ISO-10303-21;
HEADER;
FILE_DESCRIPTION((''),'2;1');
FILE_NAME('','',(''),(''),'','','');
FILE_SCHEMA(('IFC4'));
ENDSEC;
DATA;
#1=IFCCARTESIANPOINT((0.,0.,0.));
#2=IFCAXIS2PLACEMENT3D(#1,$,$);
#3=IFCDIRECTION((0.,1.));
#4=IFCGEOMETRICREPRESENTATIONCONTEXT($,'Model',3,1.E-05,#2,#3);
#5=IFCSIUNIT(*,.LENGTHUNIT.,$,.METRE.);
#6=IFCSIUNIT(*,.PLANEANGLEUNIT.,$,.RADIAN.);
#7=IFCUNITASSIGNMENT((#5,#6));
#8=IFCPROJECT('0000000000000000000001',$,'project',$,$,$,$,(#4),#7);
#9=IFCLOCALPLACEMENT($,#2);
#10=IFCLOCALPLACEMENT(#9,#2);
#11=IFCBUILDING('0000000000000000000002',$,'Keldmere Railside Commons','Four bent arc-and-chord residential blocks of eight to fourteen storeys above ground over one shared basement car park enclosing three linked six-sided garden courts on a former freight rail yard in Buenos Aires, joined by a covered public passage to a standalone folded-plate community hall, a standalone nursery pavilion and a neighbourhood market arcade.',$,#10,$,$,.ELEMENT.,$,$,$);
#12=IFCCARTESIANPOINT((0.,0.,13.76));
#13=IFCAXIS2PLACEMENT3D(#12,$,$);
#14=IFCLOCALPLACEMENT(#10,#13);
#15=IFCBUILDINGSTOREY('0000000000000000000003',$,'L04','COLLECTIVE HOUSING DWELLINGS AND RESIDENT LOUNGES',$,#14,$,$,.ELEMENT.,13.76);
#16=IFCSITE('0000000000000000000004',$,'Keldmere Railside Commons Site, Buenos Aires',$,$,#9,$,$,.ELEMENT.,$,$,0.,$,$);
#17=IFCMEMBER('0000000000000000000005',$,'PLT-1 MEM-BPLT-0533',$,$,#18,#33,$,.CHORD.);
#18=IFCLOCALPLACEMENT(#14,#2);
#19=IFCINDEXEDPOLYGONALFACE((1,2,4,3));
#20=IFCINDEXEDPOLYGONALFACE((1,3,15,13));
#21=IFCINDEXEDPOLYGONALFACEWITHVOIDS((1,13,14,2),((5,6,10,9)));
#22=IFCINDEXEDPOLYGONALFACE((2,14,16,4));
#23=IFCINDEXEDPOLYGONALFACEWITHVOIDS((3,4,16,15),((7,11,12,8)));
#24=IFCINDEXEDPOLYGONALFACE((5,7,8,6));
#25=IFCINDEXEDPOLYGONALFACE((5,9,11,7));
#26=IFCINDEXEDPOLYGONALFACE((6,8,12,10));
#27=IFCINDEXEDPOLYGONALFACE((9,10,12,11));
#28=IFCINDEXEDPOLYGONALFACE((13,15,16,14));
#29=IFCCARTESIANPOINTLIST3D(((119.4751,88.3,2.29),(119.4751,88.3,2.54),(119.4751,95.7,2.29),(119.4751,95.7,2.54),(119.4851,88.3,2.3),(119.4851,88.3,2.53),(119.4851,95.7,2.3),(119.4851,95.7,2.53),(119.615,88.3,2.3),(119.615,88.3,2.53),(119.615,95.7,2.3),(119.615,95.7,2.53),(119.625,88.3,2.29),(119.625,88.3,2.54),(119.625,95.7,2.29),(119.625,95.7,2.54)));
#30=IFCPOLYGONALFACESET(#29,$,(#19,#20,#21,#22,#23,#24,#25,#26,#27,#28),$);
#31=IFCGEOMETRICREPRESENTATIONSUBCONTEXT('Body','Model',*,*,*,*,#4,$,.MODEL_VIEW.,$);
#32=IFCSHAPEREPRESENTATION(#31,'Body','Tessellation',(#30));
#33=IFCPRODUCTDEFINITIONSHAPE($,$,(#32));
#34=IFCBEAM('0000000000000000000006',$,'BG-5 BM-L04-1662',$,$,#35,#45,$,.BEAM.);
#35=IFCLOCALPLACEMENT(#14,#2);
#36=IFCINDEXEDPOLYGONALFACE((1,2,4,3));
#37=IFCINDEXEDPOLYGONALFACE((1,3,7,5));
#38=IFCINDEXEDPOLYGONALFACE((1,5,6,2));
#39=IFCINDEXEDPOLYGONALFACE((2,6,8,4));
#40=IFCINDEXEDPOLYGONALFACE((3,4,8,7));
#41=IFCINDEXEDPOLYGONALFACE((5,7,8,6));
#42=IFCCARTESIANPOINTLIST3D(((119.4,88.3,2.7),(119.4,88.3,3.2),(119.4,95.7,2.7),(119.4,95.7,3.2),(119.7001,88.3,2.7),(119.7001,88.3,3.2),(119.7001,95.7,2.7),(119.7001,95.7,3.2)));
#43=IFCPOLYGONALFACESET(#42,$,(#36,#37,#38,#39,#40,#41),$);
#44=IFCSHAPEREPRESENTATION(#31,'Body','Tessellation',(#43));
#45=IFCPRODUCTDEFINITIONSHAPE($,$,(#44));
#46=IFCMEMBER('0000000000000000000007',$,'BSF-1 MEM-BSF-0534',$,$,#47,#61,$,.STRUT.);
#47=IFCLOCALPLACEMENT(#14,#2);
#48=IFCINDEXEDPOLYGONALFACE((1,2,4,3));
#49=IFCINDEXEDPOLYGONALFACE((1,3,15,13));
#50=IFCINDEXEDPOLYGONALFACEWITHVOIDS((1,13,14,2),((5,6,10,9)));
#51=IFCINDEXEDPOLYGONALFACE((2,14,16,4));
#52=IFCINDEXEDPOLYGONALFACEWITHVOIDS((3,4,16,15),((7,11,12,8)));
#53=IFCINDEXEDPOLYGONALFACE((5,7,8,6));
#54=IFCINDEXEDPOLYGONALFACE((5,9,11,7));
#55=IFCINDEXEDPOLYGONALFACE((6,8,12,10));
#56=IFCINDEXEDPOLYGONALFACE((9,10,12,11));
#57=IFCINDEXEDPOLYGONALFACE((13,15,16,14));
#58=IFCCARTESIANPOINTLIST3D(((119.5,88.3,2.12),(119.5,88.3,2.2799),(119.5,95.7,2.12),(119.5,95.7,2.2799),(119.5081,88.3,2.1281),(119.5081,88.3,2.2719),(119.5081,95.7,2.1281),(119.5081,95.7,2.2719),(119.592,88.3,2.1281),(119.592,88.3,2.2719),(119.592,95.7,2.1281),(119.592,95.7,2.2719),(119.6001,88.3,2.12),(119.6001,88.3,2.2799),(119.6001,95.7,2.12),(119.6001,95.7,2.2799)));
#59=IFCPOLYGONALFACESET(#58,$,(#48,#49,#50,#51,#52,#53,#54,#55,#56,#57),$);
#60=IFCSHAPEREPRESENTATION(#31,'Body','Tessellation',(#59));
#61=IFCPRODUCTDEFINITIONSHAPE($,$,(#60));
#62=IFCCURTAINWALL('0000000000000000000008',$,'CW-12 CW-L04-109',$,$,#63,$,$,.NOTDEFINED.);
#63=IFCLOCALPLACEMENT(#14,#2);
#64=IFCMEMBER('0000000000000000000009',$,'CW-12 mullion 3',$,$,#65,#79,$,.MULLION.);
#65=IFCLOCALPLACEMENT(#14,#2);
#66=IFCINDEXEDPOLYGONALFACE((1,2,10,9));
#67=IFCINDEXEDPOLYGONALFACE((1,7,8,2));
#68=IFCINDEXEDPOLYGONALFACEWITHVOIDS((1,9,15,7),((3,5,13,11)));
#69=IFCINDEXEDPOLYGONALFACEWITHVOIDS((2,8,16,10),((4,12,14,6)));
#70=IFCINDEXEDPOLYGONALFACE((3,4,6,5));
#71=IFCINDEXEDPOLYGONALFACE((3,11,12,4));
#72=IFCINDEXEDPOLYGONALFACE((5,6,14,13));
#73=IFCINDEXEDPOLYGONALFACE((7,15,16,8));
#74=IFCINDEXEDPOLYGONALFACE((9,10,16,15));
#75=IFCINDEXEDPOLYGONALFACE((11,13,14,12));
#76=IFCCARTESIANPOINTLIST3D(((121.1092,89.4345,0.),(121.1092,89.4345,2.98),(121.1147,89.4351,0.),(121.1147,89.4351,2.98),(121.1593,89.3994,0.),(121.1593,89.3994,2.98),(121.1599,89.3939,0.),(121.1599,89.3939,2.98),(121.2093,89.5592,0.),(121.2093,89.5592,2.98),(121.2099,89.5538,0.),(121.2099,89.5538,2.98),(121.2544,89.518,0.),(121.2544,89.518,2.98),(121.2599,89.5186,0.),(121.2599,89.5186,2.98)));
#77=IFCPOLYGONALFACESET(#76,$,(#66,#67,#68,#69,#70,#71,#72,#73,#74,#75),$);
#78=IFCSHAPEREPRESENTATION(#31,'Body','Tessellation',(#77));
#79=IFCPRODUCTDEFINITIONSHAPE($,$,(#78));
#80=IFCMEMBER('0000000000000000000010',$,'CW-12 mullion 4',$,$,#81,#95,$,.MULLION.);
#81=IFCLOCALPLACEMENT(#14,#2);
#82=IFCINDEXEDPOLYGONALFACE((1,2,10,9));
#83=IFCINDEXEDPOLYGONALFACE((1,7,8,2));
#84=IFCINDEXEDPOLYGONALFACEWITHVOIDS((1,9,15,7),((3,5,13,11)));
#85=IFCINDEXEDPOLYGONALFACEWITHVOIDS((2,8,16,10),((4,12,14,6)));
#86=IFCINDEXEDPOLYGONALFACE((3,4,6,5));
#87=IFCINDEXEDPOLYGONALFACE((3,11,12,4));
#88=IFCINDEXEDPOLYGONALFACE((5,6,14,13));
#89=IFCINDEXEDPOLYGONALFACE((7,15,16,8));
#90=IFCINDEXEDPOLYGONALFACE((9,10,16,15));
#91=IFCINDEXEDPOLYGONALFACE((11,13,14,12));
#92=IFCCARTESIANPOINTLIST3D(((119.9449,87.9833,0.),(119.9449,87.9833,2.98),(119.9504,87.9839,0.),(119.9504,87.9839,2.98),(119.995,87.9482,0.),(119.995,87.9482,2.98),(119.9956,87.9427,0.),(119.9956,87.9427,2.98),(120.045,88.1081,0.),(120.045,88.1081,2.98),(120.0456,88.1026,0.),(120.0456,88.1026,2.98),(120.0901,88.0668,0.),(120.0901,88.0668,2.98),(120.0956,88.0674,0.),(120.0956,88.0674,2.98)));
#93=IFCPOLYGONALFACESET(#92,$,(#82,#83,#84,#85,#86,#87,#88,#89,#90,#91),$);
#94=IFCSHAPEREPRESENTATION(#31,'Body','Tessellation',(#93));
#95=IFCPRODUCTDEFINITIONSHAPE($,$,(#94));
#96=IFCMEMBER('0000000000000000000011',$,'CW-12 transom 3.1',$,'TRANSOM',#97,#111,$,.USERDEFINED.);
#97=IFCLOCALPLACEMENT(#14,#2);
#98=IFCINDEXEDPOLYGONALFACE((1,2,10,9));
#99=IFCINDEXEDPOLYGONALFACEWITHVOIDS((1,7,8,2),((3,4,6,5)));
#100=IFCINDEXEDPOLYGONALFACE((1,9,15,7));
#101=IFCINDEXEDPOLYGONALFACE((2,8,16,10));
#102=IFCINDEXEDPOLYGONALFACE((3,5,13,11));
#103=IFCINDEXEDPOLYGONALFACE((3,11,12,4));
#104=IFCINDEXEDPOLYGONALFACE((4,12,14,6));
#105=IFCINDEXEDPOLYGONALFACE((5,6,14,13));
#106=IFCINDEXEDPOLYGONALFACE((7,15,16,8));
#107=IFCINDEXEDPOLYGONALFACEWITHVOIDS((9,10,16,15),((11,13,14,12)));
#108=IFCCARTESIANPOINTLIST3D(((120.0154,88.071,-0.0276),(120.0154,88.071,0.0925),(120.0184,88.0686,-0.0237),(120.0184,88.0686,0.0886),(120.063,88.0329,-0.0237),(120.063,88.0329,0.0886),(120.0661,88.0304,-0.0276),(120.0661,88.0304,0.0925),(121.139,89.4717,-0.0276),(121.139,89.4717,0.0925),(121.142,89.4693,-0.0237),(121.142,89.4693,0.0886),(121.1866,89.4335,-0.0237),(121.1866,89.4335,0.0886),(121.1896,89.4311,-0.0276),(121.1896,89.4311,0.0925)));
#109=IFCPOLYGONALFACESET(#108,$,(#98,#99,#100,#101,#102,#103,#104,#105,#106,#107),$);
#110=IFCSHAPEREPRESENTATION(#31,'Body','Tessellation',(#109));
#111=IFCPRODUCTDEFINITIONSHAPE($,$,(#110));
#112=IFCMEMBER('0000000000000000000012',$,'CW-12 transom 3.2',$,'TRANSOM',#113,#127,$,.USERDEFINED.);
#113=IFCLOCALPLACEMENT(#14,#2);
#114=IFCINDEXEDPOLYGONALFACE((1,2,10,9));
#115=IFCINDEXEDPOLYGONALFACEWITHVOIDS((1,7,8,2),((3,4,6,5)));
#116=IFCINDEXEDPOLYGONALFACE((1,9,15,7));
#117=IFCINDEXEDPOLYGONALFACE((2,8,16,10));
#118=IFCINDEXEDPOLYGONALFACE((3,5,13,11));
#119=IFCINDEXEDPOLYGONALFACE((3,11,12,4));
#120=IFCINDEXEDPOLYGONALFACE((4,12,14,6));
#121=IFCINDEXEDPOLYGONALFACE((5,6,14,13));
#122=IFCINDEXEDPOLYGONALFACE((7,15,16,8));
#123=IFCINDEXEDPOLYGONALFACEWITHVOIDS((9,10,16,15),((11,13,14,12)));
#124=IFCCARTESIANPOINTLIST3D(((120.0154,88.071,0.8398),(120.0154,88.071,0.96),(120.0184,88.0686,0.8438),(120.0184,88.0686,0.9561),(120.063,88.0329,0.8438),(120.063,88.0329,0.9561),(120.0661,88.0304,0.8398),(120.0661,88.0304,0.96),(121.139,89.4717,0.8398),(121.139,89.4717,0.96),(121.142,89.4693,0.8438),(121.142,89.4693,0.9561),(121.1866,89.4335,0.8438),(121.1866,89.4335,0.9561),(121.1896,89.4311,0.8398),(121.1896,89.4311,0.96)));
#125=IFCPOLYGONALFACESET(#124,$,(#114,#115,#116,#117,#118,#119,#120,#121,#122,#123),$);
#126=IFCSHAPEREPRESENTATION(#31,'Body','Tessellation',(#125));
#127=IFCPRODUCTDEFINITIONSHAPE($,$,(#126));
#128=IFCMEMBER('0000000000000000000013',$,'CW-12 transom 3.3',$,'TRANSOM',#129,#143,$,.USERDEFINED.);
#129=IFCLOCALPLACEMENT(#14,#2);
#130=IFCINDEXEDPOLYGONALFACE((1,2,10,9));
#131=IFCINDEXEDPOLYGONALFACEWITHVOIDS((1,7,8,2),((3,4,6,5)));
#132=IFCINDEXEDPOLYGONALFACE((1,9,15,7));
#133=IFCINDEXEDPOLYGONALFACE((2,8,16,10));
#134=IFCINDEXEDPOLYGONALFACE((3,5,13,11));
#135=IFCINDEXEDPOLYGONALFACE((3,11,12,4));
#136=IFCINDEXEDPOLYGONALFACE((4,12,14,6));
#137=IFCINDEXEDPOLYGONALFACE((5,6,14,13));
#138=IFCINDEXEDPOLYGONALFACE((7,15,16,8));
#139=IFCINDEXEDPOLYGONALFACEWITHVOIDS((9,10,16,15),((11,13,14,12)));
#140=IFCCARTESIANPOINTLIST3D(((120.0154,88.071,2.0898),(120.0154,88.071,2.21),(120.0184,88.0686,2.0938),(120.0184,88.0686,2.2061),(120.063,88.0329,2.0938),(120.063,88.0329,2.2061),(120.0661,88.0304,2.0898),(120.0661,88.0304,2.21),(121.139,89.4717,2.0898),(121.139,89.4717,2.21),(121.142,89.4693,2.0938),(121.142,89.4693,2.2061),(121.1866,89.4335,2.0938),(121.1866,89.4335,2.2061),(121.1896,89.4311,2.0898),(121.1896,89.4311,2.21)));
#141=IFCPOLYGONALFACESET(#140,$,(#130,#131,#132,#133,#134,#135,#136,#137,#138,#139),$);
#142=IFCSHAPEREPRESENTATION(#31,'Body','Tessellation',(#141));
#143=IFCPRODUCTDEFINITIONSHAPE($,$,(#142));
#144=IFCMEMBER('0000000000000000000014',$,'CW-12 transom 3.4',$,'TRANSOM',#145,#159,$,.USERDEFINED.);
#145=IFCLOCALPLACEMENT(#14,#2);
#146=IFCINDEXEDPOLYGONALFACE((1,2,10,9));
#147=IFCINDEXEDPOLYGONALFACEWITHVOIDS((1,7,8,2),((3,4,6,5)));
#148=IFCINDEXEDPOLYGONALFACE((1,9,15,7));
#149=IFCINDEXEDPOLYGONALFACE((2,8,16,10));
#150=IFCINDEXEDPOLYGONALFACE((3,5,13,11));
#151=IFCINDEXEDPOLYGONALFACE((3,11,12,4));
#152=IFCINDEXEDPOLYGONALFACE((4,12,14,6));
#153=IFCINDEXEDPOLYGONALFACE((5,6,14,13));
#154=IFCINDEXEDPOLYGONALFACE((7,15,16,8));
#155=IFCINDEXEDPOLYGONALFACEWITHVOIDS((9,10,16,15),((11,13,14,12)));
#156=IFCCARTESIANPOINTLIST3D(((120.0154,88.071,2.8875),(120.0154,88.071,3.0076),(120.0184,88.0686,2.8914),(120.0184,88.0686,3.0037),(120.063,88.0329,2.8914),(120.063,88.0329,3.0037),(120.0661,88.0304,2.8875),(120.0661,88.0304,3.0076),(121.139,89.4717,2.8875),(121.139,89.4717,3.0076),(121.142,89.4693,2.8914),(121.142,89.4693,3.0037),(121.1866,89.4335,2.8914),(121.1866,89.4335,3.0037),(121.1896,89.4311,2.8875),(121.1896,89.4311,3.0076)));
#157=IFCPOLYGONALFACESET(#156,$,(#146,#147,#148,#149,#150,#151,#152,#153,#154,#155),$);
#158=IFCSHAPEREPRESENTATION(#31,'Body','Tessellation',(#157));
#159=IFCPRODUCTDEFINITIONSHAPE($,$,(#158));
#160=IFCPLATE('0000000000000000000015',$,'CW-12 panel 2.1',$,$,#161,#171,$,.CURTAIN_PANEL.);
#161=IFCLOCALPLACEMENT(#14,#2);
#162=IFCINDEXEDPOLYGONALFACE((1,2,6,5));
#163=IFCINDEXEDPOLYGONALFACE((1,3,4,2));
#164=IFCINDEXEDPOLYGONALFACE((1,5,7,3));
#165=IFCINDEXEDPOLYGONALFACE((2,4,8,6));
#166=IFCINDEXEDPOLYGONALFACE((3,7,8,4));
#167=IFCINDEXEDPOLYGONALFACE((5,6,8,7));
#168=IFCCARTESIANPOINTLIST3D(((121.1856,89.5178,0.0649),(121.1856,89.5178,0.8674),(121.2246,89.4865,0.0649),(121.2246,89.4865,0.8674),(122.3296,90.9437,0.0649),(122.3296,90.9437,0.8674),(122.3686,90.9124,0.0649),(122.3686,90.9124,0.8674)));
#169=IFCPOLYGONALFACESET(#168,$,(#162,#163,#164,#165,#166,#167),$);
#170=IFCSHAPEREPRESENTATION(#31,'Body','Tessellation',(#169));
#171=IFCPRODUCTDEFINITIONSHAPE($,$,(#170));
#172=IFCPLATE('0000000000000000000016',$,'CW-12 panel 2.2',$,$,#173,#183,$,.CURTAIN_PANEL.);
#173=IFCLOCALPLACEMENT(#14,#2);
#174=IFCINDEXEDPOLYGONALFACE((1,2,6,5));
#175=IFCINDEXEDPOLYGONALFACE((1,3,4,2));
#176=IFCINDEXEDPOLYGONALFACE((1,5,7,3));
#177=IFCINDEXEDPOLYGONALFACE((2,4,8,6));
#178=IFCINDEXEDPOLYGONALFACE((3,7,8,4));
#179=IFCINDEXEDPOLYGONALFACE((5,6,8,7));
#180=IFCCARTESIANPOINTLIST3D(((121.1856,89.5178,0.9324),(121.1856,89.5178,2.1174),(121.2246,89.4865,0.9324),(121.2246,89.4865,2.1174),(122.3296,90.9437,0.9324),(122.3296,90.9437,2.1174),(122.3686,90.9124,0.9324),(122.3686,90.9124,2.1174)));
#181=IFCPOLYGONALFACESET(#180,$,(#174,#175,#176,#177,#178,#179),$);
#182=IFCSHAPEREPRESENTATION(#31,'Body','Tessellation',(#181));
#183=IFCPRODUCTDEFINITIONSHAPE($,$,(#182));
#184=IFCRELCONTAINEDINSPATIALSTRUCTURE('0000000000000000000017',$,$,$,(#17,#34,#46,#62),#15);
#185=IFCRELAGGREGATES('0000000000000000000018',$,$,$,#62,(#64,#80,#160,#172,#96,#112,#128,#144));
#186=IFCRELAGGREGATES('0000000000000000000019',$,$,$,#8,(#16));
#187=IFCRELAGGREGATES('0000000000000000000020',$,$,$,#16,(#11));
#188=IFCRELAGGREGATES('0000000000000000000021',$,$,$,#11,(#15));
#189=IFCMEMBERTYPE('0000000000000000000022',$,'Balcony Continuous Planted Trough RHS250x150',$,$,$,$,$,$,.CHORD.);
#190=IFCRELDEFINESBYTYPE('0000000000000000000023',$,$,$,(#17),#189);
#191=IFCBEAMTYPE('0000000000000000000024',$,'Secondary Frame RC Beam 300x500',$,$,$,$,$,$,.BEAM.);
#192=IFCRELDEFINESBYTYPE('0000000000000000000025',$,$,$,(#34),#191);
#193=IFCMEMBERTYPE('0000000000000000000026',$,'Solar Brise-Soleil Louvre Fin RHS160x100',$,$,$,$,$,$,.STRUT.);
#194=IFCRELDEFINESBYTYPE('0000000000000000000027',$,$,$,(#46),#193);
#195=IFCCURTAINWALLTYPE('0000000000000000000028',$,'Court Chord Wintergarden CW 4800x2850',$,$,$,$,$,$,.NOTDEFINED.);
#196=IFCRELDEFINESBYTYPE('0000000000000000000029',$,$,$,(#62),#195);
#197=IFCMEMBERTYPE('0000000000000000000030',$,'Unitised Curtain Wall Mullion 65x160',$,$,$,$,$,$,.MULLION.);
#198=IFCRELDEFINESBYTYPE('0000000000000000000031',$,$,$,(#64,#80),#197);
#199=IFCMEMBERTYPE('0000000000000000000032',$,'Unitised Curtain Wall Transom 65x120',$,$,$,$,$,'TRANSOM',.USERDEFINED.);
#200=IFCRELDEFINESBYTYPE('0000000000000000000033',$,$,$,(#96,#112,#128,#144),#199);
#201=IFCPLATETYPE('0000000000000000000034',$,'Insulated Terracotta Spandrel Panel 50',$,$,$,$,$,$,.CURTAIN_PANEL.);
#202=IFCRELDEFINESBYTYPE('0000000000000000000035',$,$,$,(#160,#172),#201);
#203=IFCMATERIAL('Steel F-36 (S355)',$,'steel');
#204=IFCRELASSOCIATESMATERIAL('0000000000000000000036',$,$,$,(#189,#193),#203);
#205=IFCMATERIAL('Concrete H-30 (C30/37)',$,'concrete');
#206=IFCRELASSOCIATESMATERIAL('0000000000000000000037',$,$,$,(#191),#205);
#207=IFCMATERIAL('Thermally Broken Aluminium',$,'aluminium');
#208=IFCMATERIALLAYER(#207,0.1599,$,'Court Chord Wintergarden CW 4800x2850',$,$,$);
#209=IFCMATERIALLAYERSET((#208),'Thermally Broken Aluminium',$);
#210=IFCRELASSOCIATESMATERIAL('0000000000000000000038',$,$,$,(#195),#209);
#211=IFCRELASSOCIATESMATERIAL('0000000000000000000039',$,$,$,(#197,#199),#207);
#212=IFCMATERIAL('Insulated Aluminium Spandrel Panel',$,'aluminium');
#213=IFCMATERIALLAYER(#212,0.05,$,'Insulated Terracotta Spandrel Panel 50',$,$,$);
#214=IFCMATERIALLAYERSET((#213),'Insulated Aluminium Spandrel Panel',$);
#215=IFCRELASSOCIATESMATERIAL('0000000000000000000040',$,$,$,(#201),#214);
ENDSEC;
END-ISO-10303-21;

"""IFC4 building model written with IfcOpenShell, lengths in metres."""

from ifc_helpers import new_model, si_unit, direction, frame, origin, origin_2d, place, context, subcontext, project, spatial, rectangle, hollow_rectangle, extrude, material, layer, layer_set, material_profile, profile_set, type_object, element, aggregate, save


model = new_model("IFC4")

# Units and contexts
model_context = context("Model", 3, precision=1e-05, world=origin(), true_north=direction((0.0, 1.0)))
body_context = subcontext(model_context, "Body", "Model", "MODEL_VIEW")
ifc_project = project(units=[si_unit("LENGTHUNIT", "METRE"), si_unit("PLANEANGLEUNIT", "RADIAN")], contexts=[model_context])

# Site, building, storey
site_placement = place(None, origin())
site = spatial("IfcSite", under=ifc_project, at=site_placement, Name="Keldmere Railside Commons Site, Buenos Aires", CompositionType="ELEMENT", RefElevation=0.0)
building_placement = place(site_placement, origin())
building = spatial("IfcBuilding", under=site, at=building_placement, Name="Keldmere Railside Commons", Description="Four bent arc-and-chord residential blocks of eight to fourteen storeys above ground over one shared basement car park enclosing three linked six-sided garden courts on a former freight rail yard in Buenos Aires, joined by a covered public passage to a standalone folded-plate community hall, a standalone nursery pavilion and a neighbourhood market arcade.", CompositionType="ELEMENT")
storey_placement = place(building_placement, frame((0.0, 0.0, 13.76)))
storey = spatial("IfcBuildingStorey", under=building, at=storey_placement, Name="L04", Description="COLLECTIVE HOUSING DWELLINGS AND RESIDENT LOUNGES", CompositionType="ELEMENT", Elevation=13.76)

# Member
ifc_material_1 = material(Name="Steel F-36 (S355)", Category="steel")
ifc_material_profile_1 = material_profile(ifc_material_1, hollow_rectangle(XDim=0.1499, YDim=0.25, WallThickness=0.01, at=origin_2d()), Name="RHS-250x150x10")
ifc_profile_set_1 = profile_set([ifc_material_profile_1], Name="Steel F-36 (S355)")
member_type_1 = type_object("IfcMemberType", Name="Balcony Continuous Planted Trough RHS250x150", PredefinedType="CHORD", material=ifc_profile_set_1)
member_1_placement = place(storey_placement, frame((119.55, 88.3, 2.415), z_axis=(0.0, 1.0, 0.0), x_axis=(-1.0, 0.0, 0.0)))
element("IfcMember", 1, at=member_1_placement, inside=storey, type_object=member_type_1, Name="PLT-1 MEM-BPLT-0533", PredefinedType="CHORD", context=body_context, shape_type="SweptSolid", body=[
    extrude(hollow_rectangle(XDim=0.1499, YDim=0.25, WallThickness=0.01, at=origin_2d()), origin(), (0.0, 0.0, 1.0), 7.3999),
])

# Beam
ifc_material_2 = material(Name="Concrete H-30 (C30/37)", Category="concrete")
ifc_material_profile_2 = material_profile(ifc_material_2, rectangle(XDim=0.3, YDim=0.5, at=origin_2d()), Name="RC-300x500")
ifc_profile_set_2 = profile_set([ifc_material_profile_2], Name="Concrete H-30 (C30/37)")
beam_type = type_object("IfcBeamType", Name="Secondary Frame RC Beam 300x500", PredefinedType="BEAM", material=ifc_profile_set_2)
beam_placement = place(storey_placement, frame((119.55, 88.3, 2.95), z_axis=(0.0, 1.0, 0.0), x_axis=(-1.0, 0.0, 0.0)))
element("IfcBeam", 2, at=beam_placement, inside=storey, type_object=beam_type, Name="BG-5 BM-L04-1662", PredefinedType="BEAM", context=body_context, shape_type="SweptSolid", body=[
    extrude(rectangle(XDim=0.3, YDim=0.5, at=origin_2d()), origin(), (0.0, 0.0, 1.0), 7.3999),
])

# Member
ifc_material_profile_3 = material_profile(ifc_material_1, hollow_rectangle(XDim=0.1001, YDim=0.1599, WallThickness=0.0081, at=origin_2d()), Name="RHS-160x100x8")
ifc_profile_set_3 = profile_set([ifc_material_profile_3], Name="Steel F-36 (S355)")
member_type_2 = type_object("IfcMemberType", Name="Solar Brise-Soleil Louvre Fin RHS160x100", PredefinedType="STRUT", material=ifc_profile_set_3)
member_2_placement = place(storey_placement, frame((119.55, 88.3, 2.2), z_axis=(0.0, 1.0, 0.0), x_axis=(-1.0, 0.0, 0.0)))
element("IfcMember", 3, at=member_2_placement, inside=storey, type_object=member_type_2, Name="BSF-1 MEM-BSF-0534", PredefinedType="STRUT", context=body_context, shape_type="SweptSolid", body=[
    extrude(hollow_rectangle(XDim=0.1001, YDim=0.1599, WallThickness=0.0081, at=origin_2d()), origin(), (0.0, 0.0, 1.0), 7.3999),
])

# Curtain wall, members, plates
ifc_material_3 = material(Name="Thermally Broken Aluminium", Category="aluminium")
ifc_layer_1 = layer(ifc_material_3, 0.1599, Name="Court Chord Wintergarden CW 4800x2850")
ifc_layer_set_1 = layer_set([ifc_layer_1], Name="Thermally Broken Aluminium")
curtain_wall_type = type_object("IfcCurtainWallType", Name="Court Chord Wintergarden CW 4800x2850", PredefinedType="NOTDEFINED", material=ifc_layer_set_1)
curtain_wall_placement = place(storey_placement, origin())
curtain_wall = element("IfcCurtainWall", 4, at=curtain_wall_placement, inside=storey, type_object=curtain_wall_type, Name="CW-12 CW-L04-109", PredefinedType="NOTDEFINED")
ifc_material_profile_4 = material_profile(ifc_material_3, hollow_rectangle(XDim=0.0649, YDim=0.1599, WallThickness=0.0039, at=origin_2d()), Name="ALU-MULL-65x160")
ifc_profile_set_4 = profile_set([ifc_material_profile_4], Name="Thermally Broken Aluminium")
member_type_3 = type_object("IfcMemberType", Name="Unitised Curtain Wall Mullion 65x160", PredefinedType="MULLION", material=ifc_profile_set_4)
member_3_placement = place(storey_placement, frame((121.1846, 89.4766, 0.0), z_axis=(0.0, 0.0, 1.0), x_axis=(0.780009, -0.625768, 0.0)))
member_3 = element("IfcMember", 5, at=member_3_placement, type_object=member_type_3, Name="CW-12 mullion 3", PredefinedType="MULLION", context=body_context, shape_type="SweptSolid", body=[
    extrude(hollow_rectangle(XDim=0.0649, YDim=0.1599, WallThickness=0.0039, at=origin_2d()), origin(), (0.0, 0.0, 1.0), 2.98),
])
member_4_placement = place(storey_placement, frame((120.0203, 88.0254, 0.0), z_axis=(0.0, 0.0, 1.0), x_axis=(0.780009, -0.625768, 0.0)))
member_4 = element("IfcMember", 6, at=member_4_placement, type_object=member_type_3, Name="CW-12 mullion 4", PredefinedType="MULLION", context=body_context, shape_type="SweptSolid", body=[
    extrude(hollow_rectangle(XDim=0.0649, YDim=0.1599, WallThickness=0.0039, at=origin_2d()), origin(), (0.0, 0.0, 1.0), 2.98),
])
ifc_material_profile_5 = material_profile(ifc_material_3, hollow_rectangle(XDim=0.0649, YDim=0.1201, WallThickness=0.0039, at=origin_2d()), Name="ALU-TRAN-65x120")
ifc_profile_set_5 = profile_set([ifc_material_profile_5], Name="Thermally Broken Aluminium")
member_type_4 = type_object("IfcMemberType", Name="Unitised Curtain Wall Transom 65x120", ElementType="TRANSOM", PredefinedType="USERDEFINED", material=ifc_profile_set_5)
member_5_placement = place(storey_placement, frame((121.1643, 89.4514, 0.0325), z_axis=(-0.625723, -0.780046, 0.0), x_axis=(0.780046, -0.625723, 0.0)))
member_5 = element("IfcMember", 7, at=member_5_placement, type_object=member_type_4, Name="CW-12 transom 3.1", ObjectType="TRANSOM", PredefinedType="USERDEFINED", context=body_context, shape_type="SweptSolid", body=[
    extrude(hollow_rectangle(XDim=0.0649, YDim=0.1201, WallThickness=0.0039, at=origin_2d()), origin(), (0.0, 0.0, 1.0), 1.7957),
])
member_6_placement = place(storey_placement, frame((121.1643, 89.4514, 0.8999), z_axis=(-0.625723, -0.780046, 0.0), x_axis=(0.780046, -0.625723, 0.0)))
member_6 = element("IfcMember", 8, at=member_6_placement, type_object=member_type_4, Name="CW-12 transom 3.2", ObjectType="TRANSOM", PredefinedType="USERDEFINED", context=body_context, shape_type="SweptSolid", body=[
    extrude(hollow_rectangle(XDim=0.0649, YDim=0.1201, WallThickness=0.0039, at=origin_2d()), origin(), (0.0, 0.0, 1.0), 1.7957),
])
member_7_placement = place(storey_placement, frame((121.1643, 89.4514, 2.1499), z_axis=(-0.625723, -0.780046, 0.0), x_axis=(0.780046, -0.625723, 0.0)))
member_7 = element("IfcMember", 9, at=member_7_placement, type_object=member_type_4, Name="CW-12 transom 3.3", ObjectType="TRANSOM", PredefinedType="USERDEFINED", context=body_context, shape_type="SweptSolid", body=[
    extrude(hollow_rectangle(XDim=0.0649, YDim=0.1201, WallThickness=0.0039, at=origin_2d()), origin(), (0.0, 0.0, 1.0), 1.7957),
])
member_8_placement = place(storey_placement, frame((121.1643, 89.4514, 2.9475), z_axis=(-0.625723, -0.780046, 0.0), x_axis=(0.780046, -0.625723, 0.0)))
member_8 = element("IfcMember", 10, at=member_8_placement, type_object=member_type_4, Name="CW-12 transom 3.4", ObjectType="TRANSOM", PredefinedType="USERDEFINED", context=body_context, shape_type="SweptSolid", body=[
    extrude(hollow_rectangle(XDim=0.0649, YDim=0.1201, WallThickness=0.0039, at=origin_2d()), origin(), (0.0, 0.0, 1.0), 1.7957),
])
ifc_material_4 = material(Name="Insulated Aluminium Spandrel Panel", Category="aluminium")
ifc_layer_2 = layer(ifc_material_4, 0.05, Name="Insulated Terracotta Spandrel Panel 50")
ifc_layer_set_2 = layer_set([ifc_layer_2], Name="Insulated Aluminium Spandrel Panel")
plate_type = type_object("IfcPlateType", Name="Insulated Terracotta Spandrel Panel 50", PredefinedType="CURTAIN_PANEL", material=ifc_layer_set_2)
plate_1_placement = place(storey_placement, frame((121.7771, 90.2151, 0.0649), z_axis=(0.0, 0.0, 1.0), x_axis=(-0.625768, -0.780009, 0.0)))
plate_1 = element("IfcPlate", 11, at=plate_1_placement, type_object=plate_type, Name="CW-12 panel 2.1", PredefinedType="CURTAIN_PANEL", context=body_context, shape_type="SweptSolid", body=[
    extrude(rectangle(XDim=1.8281, YDim=0.05, at=origin_2d()), origin(), (0.0, 0.0, 1.0), 0.8025),
])
plate_2_placement = place(storey_placement, frame((121.7771, 90.2151, 0.9324), z_axis=(0.0, 0.0, 1.0), x_axis=(-0.625768, -0.780009, 0.0)))
plate_2 = element("IfcPlate", 12, at=plate_2_placement, type_object=plate_type, Name="CW-12 panel 2.2", PredefinedType="CURTAIN_PANEL", context=body_context, shape_type="SweptSolid", body=[
    extrude(rectangle(XDim=1.8281, YDim=0.05, at=origin_2d()), origin(), (0.0, 0.0, 1.0), 1.1851),
])
aggregate(curtain_wall, [member_3, member_4, plate_1, plate_2, member_5, member_6, member_7, member_8])

save(model, "model.ifc")
